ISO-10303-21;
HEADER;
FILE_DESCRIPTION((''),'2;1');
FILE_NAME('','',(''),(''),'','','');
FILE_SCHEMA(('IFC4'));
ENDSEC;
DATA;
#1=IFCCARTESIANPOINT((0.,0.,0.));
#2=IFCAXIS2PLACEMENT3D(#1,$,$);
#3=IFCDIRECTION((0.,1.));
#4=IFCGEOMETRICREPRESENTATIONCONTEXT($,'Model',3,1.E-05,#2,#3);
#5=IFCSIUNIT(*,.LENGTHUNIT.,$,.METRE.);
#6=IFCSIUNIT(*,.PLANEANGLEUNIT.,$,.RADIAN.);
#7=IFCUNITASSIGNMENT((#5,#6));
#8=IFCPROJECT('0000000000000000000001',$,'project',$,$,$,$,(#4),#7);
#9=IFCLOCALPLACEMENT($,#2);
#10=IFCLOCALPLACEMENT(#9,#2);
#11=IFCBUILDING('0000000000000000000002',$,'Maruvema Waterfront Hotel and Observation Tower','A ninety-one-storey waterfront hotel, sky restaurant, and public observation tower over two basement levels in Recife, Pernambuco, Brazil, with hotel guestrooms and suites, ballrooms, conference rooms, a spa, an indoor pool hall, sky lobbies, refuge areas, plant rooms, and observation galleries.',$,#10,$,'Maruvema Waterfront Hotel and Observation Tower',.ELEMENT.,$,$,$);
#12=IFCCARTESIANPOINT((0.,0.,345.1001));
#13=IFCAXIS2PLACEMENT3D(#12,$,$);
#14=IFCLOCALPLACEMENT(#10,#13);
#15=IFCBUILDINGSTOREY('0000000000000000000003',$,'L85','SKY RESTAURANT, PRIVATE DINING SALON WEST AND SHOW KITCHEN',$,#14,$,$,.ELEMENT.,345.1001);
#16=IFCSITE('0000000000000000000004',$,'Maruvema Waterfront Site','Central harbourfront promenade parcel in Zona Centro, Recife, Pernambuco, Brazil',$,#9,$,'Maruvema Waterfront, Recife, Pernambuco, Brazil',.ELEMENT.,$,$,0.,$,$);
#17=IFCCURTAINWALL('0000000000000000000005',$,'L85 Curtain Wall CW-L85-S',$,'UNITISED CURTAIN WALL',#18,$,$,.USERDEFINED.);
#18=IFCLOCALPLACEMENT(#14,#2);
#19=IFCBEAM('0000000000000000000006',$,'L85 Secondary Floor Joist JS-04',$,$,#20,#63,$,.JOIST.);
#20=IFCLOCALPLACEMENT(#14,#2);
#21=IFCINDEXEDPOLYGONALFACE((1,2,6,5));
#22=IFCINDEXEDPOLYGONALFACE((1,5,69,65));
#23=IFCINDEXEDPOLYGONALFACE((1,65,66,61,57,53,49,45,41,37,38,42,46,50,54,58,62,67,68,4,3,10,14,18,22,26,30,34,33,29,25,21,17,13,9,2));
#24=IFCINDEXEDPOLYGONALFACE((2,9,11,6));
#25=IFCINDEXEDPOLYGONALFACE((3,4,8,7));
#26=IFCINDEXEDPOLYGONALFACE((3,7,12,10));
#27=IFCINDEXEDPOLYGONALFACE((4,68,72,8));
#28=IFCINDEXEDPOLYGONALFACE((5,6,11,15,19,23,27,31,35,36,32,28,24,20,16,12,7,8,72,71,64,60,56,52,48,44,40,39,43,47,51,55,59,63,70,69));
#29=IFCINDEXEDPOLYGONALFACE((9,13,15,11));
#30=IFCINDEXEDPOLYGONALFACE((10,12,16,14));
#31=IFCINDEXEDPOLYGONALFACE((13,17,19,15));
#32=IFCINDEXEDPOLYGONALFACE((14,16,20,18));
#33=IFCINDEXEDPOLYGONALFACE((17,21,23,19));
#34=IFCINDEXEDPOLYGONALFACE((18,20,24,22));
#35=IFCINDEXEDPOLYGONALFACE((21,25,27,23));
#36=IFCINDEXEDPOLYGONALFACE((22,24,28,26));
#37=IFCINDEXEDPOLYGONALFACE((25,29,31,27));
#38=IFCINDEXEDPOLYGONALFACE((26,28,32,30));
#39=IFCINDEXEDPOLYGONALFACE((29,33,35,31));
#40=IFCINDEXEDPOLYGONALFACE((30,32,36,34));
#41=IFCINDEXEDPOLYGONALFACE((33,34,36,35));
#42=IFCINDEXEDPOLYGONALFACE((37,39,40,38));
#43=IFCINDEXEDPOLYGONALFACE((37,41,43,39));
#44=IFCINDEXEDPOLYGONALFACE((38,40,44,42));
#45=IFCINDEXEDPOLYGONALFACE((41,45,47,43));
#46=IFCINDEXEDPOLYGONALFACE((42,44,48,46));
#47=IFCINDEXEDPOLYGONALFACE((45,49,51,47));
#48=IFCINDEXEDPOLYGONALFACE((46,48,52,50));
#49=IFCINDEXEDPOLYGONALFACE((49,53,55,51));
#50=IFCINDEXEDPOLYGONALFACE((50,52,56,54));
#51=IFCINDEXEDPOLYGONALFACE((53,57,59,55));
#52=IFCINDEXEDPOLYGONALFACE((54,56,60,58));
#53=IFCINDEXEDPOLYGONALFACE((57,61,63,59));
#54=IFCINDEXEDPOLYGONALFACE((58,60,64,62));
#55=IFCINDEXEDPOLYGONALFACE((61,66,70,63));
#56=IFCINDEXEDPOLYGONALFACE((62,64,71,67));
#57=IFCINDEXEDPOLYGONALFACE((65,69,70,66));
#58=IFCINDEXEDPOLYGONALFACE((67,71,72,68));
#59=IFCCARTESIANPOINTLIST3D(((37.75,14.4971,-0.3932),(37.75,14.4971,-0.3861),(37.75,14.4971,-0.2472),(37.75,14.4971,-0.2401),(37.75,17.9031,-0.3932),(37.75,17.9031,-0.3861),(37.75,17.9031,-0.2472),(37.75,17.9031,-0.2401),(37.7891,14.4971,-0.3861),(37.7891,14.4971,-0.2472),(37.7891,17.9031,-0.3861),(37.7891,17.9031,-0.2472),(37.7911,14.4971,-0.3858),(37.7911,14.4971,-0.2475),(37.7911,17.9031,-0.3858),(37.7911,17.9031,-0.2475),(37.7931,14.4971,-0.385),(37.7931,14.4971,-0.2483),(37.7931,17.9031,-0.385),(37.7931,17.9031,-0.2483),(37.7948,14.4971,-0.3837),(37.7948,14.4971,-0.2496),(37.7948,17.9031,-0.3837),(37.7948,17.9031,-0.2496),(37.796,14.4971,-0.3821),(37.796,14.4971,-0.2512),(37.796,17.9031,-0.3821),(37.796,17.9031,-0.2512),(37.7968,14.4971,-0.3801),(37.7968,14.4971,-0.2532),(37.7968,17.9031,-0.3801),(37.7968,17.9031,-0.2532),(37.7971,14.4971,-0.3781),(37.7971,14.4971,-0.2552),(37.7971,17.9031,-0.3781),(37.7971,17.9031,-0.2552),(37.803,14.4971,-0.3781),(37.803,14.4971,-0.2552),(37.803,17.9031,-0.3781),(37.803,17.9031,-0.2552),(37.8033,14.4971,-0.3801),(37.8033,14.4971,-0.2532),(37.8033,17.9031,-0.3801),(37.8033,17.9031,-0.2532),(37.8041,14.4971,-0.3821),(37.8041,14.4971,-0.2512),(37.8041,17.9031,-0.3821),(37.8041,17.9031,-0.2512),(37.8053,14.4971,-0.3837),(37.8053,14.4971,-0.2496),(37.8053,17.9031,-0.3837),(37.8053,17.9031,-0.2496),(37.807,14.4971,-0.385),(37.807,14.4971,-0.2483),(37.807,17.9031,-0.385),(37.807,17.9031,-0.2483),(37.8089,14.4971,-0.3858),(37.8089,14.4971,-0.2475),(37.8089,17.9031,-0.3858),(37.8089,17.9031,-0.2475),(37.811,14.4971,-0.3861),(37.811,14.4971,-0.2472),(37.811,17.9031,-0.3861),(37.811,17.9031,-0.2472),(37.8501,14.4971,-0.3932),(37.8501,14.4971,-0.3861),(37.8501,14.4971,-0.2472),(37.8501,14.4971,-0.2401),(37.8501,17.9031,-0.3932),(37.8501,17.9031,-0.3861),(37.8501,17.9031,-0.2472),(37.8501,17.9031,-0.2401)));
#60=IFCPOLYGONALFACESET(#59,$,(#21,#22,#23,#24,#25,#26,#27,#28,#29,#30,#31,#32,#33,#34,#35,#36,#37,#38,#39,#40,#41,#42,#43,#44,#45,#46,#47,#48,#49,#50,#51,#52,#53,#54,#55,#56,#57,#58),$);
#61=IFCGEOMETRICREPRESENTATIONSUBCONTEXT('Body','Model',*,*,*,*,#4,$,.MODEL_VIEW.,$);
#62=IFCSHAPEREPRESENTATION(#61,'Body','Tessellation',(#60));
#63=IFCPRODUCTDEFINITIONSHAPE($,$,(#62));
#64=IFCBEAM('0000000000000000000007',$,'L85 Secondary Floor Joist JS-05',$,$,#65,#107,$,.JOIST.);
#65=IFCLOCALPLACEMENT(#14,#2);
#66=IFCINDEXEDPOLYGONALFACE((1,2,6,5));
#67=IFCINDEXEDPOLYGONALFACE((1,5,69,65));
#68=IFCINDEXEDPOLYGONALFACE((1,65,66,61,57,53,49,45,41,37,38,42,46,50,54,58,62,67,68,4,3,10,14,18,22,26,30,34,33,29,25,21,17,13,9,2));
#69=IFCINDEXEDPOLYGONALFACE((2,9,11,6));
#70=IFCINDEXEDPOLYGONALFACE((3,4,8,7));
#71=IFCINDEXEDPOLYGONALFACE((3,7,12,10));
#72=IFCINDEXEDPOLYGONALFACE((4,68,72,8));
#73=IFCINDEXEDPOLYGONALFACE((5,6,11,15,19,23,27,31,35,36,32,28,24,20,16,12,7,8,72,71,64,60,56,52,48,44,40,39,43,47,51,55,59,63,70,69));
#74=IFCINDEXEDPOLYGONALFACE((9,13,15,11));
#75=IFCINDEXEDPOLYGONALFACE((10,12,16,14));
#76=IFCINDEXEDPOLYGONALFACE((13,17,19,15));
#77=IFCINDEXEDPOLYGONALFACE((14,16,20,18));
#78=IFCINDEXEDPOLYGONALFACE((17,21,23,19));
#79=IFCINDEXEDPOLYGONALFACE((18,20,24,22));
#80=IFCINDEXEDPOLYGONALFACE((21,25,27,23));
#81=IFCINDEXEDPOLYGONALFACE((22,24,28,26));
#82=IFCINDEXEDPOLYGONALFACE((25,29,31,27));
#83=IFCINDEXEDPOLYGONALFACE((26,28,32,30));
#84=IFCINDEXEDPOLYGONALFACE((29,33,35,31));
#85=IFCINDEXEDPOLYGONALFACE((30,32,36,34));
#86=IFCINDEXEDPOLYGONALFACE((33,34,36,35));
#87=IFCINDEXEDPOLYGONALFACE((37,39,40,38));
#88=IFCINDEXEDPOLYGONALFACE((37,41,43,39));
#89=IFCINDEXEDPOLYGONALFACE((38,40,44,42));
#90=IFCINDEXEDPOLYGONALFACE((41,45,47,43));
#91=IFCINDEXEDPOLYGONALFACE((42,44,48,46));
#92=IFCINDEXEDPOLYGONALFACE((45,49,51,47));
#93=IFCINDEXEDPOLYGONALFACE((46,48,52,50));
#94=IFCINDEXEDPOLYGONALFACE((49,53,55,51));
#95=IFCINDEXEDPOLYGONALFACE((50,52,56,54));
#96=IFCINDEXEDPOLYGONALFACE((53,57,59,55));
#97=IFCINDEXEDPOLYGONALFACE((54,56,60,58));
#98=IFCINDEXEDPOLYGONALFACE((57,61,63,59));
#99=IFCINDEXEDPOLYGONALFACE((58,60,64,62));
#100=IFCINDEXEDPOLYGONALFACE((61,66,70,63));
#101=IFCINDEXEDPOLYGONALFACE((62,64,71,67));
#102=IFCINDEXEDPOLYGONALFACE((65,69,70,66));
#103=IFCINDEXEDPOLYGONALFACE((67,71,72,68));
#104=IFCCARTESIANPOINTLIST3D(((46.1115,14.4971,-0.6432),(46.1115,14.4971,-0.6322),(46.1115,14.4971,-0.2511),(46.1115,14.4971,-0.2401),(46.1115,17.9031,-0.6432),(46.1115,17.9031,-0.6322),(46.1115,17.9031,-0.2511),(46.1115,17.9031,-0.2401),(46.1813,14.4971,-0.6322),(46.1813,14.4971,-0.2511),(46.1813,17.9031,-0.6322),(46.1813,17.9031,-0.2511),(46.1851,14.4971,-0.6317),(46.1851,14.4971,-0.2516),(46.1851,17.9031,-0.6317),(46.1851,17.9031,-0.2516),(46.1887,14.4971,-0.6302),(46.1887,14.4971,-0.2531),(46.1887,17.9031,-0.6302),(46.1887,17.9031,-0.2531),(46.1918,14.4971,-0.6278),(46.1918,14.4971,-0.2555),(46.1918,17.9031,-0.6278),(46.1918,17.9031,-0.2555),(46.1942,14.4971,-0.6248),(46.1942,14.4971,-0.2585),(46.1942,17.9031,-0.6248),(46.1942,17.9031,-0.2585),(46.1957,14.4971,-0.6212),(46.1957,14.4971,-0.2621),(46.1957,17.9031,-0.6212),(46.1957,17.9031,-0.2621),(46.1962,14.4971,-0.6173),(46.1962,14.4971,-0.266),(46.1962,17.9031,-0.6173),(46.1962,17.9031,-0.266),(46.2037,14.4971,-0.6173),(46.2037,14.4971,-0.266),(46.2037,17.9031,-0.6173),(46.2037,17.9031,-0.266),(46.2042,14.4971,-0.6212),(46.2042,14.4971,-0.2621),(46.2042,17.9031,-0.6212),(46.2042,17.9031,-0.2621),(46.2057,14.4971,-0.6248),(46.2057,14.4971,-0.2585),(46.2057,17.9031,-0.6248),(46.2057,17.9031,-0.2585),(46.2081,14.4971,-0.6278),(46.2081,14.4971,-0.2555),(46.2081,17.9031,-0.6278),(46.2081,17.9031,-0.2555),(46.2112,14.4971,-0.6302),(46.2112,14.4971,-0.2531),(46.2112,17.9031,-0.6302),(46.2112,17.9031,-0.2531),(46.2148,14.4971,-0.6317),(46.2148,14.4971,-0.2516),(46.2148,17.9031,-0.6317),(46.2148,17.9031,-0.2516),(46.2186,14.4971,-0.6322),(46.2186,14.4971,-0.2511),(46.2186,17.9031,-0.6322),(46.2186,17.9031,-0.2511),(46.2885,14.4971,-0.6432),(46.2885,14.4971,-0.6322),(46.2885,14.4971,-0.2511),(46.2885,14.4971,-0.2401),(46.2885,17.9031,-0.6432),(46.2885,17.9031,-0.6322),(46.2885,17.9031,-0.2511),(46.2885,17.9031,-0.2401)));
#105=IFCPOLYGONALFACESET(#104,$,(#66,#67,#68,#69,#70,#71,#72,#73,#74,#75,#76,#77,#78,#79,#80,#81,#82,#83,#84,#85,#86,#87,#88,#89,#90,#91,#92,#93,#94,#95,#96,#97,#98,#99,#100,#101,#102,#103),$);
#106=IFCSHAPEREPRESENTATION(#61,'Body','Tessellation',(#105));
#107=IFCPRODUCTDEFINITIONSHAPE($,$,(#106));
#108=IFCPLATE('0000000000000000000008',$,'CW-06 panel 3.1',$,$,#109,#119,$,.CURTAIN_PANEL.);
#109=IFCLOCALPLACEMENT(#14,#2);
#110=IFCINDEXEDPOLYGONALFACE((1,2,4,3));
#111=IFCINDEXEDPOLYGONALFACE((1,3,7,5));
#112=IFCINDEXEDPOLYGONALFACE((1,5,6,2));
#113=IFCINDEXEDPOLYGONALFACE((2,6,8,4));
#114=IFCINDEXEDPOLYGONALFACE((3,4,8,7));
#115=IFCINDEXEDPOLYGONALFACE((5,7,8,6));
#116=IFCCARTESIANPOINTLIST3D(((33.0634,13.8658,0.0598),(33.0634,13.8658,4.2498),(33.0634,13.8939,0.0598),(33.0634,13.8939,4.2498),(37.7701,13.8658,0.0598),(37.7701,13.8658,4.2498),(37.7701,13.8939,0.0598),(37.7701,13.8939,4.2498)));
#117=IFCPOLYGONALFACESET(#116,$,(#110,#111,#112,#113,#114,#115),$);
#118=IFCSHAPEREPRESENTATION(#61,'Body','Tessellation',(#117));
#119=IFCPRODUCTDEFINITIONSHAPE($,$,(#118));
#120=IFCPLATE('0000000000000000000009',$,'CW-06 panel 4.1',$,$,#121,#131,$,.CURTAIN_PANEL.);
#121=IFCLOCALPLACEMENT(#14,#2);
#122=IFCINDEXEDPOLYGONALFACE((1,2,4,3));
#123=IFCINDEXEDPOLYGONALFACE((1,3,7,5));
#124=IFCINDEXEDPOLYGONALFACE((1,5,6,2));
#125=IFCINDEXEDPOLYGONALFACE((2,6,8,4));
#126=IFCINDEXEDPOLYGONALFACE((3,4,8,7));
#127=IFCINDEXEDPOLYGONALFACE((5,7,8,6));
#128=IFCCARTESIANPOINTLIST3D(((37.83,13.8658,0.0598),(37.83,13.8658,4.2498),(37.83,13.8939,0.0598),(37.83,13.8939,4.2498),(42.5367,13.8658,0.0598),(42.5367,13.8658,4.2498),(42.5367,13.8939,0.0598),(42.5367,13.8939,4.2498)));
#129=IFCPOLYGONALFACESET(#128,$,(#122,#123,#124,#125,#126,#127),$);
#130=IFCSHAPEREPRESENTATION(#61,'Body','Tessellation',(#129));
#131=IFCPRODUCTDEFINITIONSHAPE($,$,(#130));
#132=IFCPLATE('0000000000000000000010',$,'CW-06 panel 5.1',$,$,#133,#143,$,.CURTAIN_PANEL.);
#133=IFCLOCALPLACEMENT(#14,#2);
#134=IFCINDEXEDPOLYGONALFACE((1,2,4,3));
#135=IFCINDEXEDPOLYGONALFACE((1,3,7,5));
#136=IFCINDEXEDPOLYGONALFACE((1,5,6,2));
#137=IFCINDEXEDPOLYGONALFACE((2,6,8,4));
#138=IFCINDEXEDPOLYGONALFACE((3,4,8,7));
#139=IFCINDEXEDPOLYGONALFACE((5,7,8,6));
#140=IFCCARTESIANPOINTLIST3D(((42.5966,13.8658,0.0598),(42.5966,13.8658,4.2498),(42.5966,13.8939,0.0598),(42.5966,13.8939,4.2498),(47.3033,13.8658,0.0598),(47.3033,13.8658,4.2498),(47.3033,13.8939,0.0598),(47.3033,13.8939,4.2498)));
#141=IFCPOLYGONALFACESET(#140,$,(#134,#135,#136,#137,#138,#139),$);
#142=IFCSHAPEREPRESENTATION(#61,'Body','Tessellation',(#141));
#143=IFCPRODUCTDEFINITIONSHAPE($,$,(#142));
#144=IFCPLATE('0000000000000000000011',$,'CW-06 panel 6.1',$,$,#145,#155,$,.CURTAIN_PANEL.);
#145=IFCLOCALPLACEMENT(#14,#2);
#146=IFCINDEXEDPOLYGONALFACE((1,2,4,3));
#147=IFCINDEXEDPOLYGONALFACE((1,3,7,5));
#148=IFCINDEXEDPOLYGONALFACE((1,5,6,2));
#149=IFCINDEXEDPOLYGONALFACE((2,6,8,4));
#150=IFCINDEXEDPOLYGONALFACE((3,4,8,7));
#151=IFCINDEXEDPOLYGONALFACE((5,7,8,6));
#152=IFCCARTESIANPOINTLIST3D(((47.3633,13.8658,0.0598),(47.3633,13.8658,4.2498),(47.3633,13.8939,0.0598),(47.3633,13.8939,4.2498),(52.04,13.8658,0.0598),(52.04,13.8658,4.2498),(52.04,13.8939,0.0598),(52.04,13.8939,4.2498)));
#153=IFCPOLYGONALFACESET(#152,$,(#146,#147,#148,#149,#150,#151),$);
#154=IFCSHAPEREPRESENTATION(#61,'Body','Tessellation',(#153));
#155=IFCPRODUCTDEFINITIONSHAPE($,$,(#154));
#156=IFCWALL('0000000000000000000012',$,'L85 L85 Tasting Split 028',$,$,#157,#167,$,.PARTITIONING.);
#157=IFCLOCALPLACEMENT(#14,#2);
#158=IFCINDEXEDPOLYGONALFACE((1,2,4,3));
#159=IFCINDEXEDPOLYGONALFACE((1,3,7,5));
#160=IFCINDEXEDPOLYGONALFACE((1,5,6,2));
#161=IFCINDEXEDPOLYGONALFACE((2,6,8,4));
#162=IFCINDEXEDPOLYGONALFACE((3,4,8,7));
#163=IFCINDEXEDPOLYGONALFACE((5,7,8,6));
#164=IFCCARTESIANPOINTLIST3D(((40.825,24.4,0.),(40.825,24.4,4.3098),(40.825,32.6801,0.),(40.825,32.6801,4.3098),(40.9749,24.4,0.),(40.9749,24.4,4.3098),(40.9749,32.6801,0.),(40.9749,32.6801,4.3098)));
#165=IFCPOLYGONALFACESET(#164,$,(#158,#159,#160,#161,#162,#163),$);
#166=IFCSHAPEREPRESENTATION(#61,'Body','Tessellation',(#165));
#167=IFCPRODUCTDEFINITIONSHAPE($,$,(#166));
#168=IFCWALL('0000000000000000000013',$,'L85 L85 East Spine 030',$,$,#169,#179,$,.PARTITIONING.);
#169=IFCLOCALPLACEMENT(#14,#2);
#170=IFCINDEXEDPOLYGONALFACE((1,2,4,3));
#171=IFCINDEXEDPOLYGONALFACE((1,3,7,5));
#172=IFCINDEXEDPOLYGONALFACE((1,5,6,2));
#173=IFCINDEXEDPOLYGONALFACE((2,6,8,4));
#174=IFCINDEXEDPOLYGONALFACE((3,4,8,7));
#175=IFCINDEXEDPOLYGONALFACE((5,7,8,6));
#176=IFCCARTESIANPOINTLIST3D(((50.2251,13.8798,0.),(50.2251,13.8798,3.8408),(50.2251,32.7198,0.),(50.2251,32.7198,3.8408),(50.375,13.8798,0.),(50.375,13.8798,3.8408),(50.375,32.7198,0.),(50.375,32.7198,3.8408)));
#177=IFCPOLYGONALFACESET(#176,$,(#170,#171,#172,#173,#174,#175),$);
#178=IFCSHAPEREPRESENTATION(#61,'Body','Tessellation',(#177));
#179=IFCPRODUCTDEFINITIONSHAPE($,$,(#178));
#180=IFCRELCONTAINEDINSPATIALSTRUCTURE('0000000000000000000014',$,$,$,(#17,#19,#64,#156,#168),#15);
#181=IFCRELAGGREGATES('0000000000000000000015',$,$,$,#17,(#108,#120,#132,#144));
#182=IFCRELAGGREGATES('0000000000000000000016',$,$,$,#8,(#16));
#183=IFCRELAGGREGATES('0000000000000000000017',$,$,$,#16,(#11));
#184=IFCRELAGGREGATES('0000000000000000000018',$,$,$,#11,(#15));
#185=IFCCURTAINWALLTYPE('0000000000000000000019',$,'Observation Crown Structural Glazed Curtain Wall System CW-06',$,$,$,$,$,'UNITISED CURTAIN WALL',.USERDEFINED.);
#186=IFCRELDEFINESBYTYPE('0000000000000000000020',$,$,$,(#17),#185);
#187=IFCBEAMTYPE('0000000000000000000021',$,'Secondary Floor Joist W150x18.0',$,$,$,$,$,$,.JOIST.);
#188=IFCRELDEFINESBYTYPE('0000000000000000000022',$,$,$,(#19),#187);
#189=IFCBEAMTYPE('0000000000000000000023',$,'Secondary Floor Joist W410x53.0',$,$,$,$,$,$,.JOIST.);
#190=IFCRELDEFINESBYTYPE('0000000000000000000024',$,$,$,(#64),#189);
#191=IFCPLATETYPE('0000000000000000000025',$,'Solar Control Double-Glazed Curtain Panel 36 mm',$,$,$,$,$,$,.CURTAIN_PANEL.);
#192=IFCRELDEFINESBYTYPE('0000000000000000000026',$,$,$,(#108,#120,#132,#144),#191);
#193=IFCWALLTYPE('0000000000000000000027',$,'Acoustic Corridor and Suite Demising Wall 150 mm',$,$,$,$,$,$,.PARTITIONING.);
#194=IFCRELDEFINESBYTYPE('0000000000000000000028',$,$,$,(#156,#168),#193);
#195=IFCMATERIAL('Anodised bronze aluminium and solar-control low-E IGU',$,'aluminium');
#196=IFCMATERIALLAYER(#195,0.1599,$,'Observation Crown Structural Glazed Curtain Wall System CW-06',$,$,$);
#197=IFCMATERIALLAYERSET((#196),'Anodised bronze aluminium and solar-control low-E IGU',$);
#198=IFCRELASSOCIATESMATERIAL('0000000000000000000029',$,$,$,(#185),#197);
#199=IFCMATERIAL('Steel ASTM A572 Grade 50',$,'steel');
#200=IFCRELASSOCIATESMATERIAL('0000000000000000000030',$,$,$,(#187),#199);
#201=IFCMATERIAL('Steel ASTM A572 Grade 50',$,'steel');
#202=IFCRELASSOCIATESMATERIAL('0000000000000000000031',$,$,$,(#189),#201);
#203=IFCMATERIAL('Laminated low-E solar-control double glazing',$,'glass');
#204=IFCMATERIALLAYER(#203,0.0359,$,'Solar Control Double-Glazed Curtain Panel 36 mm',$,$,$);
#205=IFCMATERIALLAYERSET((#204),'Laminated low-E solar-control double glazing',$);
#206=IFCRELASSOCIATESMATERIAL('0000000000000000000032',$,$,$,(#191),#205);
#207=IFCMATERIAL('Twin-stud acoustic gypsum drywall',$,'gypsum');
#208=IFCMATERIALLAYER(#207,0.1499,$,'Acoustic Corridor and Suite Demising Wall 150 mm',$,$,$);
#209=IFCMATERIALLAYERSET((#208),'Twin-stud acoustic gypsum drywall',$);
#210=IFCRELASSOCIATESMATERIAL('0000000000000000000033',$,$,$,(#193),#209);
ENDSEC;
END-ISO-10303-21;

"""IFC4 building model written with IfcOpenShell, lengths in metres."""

from ifc_helpers import new_model, si_unit, direction, frame, frame_2d, origin, origin_2d, place, context, subcontext, project, spatial, rectangle, i_section, extrude, material, layer, layer_set, material_profile, profile_set, type_object, element, aggregate, save


model = new_model("IFC4")

# Units and contexts
model_context = context("Model", 3, precision=1e-05, world=origin(), true_north=direction((0.0, 1.0)))
body_context = subcontext(model_context, "Body", "Model", "MODEL_VIEW")
ifc_project = project(units=[si_unit("LENGTHUNIT", "METRE"), si_unit("PLANEANGLEUNIT", "RADIAN")], contexts=[model_context])

# Site, building, storey
site_placement = place(None, origin())
site = spatial("IfcSite", under=ifc_project, at=site_placement, Name="Maruvema Waterfront Site", Description="Central harbourfront promenade parcel in Zona Centro, Recife, Pernambuco, Brazil", LongName="Maruvema Waterfront, Recife, Pernambuco, Brazil", CompositionType="ELEMENT", RefElevation=0.0)
building_placement = place(site_placement, origin())
building = spatial("IfcBuilding", under=site, at=building_placement, Name="Maruvema Waterfront Hotel and Observation Tower", Description="A ninety-one-storey waterfront hotel, sky restaurant, and public observation tower over two basement levels in Recife, Pernambuco, Brazil, with hotel guestrooms and suites, ballrooms, conference rooms, a spa, an indoor pool hall, sky lobbies, refuge areas, plant rooms, and observation galleries.", LongName="Maruvema Waterfront Hotel and Observation Tower", CompositionType="ELEMENT")
storey_placement = place(building_placement, frame((0.0, 0.0, 345.1001)))
storey = spatial("IfcBuildingStorey", under=building, at=storey_placement, Name="L85", Description="SKY RESTAURANT, PRIVATE DINING SALON WEST AND SHOW KITCHEN", CompositionType="ELEMENT", Elevation=345.1001)

# Curtain wall
ifc_material_1 = material(Name="Anodised bronze aluminium and solar-control low-E IGU", Category="aluminium")
ifc_layer_1 = layer(ifc_material_1, 0.1599, Name="Observation Crown Structural Glazed Curtain Wall System CW-06")
ifc_layer_set_1 = layer_set([ifc_layer_1], Name="Anodised bronze aluminium and solar-control low-E IGU")
curtain_wall_type = type_object("IfcCurtainWallType", Name="Observation Crown Structural Glazed Curtain Wall System CW-06", ElementType="UNITISED CURTAIN WALL", PredefinedType="USERDEFINED", material=ifc_layer_set_1)
curtain_wall_placement = place(storey_placement, origin())
curtain_wall = element("IfcCurtainWall", 1, at=curtain_wall_placement, inside=storey, type_object=curtain_wall_type, Name="L85 Curtain Wall CW-L85-S", ObjectType="UNITISED CURTAIN WALL", PredefinedType="USERDEFINED")

# Beams
ifc_material_2 = material(Name="Steel ASTM A572 Grade 50", Category="steel")
ifc_material_profile_1 = material_profile(ifc_material_2, i_section(OverallWidth=0.1001, OverallDepth=0.1531, WebThickness=0.0059, FlangeThickness=0.0071, FilletRadius=0.0081, at=origin_2d()), Name="W150x18.0")
ifc_profile_set_1 = profile_set([ifc_material_profile_1], Name="Steel ASTM A572 Grade 50")
beam_type_1 = type_object("IfcBeamType", Name="Secondary Floor Joist W150x18.0", PredefinedType="JOIST", material=ifc_profile_set_1)
beam_1_placement = place(storey_placement, frame((37.8, 14.4971, -0.3167), z_axis=(0.0, 1.0, 0.0), x_axis=(-1.0, 0.0, 0.0)))
element("IfcBeam", 2, at=beam_1_placement, inside=storey, type_object=beam_type_1, Name="L85 Secondary Floor Joist JS-04", PredefinedType="JOIST", context=body_context, shape_type="SweptSolid", body=[
    extrude(i_section(OverallWidth=0.1001, OverallDepth=0.1531, WebThickness=0.0059, FlangeThickness=0.0071, FilletRadius=0.0081, at=origin_2d()), origin(), (0.0, 0.0, 1.0), 3.406),
])
ifc_material_3 = material(Name="Steel ASTM A572 Grade 50", Category="steel")
ifc_material_profile_2 = material_profile(ifc_material_3, i_section(OverallWidth=0.177, OverallDepth=0.4031, WebThickness=0.0076, FlangeThickness=0.011, FilletRadius=0.0149, at=origin_2d()), Name="W410x53.0")
ifc_profile_set_2 = profile_set([ifc_material_profile_2], Name="Steel ASTM A572 Grade 50")
beam_type_2 = type_object("IfcBeamType", Name="Secondary Floor Joist W410x53.0", PredefinedType="JOIST", material=ifc_profile_set_2)
beam_2_placement = place(storey_placement, frame((46.2, 14.4971, -0.4417), z_axis=(0.0, 1.0, 0.0), x_axis=(-1.0, 0.0, 0.0)))
element("IfcBeam", 3, at=beam_2_placement, inside=storey, type_object=beam_type_2, Name="L85 Secondary Floor Joist JS-05", PredefinedType="JOIST", context=body_context, shape_type="SweptSolid", body=[
    extrude(i_section(OverallWidth=0.177, OverallDepth=0.4031, WebThickness=0.0076, FlangeThickness=0.011, FilletRadius=0.0149, at=origin_2d()), origin(), (0.0, 0.0, 1.0), 3.406),
])

# Plates
ifc_material_4 = material(Name="Laminated low-E solar-control double glazing", Category="glass")
ifc_layer_2 = layer(ifc_material_4, 0.0359, Name="Solar Control Double-Glazed Curtain Panel 36 mm")
ifc_layer_set_2 = layer_set([ifc_layer_2], Name="Laminated low-E solar-control double glazing")
plate_type = type_object("IfcPlateType", Name="Solar Control Double-Glazed Curtain Panel 36 mm", PredefinedType="CURTAIN_PANEL", material=ifc_layer_set_2)
plate_1_placement = place(storey_placement, frame((35.4167, 13.8799, 0.0598), z_axis=(0.0, 0.0, 1.0), x_axis=(1.0, 0.0, 0.0)))
plate_1 = element("IfcPlate", 4, at=plate_1_placement, type_object=plate_type, Name="CW-06 panel 3.1", PredefinedType="CURTAIN_PANEL", context=body_context, shape_type="SweptSolid", body=[
    extrude(rectangle(XDim=4.7068, YDim=0.0281, at=origin_2d()), origin(), (0.0, 0.0, 1.0), 4.1899),
])
plate_2_placement = place(storey_placement, frame((40.1833, 13.8799, 0.0598), z_axis=(0.0, 0.0, 1.0), x_axis=(1.0, 0.0, 0.0)))
plate_2 = element("IfcPlate", 5, at=plate_2_placement, type_object=plate_type, Name="CW-06 panel 4.1", PredefinedType="CURTAIN_PANEL", context=body_context, shape_type="SweptSolid", body=[
    extrude(rectangle(XDim=4.7068, YDim=0.0281, at=origin_2d()), origin(), (0.0, 0.0, 1.0), 4.1899),
])
plate_3_placement = place(storey_placement, frame((44.95, 13.8799, 0.0598), z_axis=(0.0, 0.0, 1.0), x_axis=(1.0, 0.0, 0.0)))
plate_3 = element("IfcPlate", 6, at=plate_3_placement, type_object=plate_type, Name="CW-06 panel 5.1", PredefinedType="CURTAIN_PANEL", context=body_context, shape_type="SweptSolid", body=[
    extrude(rectangle(XDim=4.7068, YDim=0.0281, at=origin_2d()), origin(), (0.0, 0.0, 1.0), 4.1899),
])
plate_4_placement = place(storey_placement, frame((49.7017, 13.8799, 0.0598), z_axis=(0.0, 0.0, 1.0), x_axis=(1.0, 0.0, 0.0)))
plate_4 = element("IfcPlate", 7, at=plate_4_placement, type_object=plate_type, Name="CW-06 panel 6.1", PredefinedType="CURTAIN_PANEL", context=body_context, shape_type="SweptSolid", body=[
    extrude(rectangle(XDim=4.6768, YDim=0.0281, at=origin_2d()), origin(), (0.0, 0.0, 1.0), 4.1899),
])
aggregate(curtain_wall, [plate_1, plate_2, plate_3, plate_4])

# Walls
ifc_material_5 = material(Name="Twin-stud acoustic gypsum drywall", Category="gypsum")
ifc_layer_3 = layer(ifc_material_5, 0.1499, Name="Acoustic Corridor and Suite Demising Wall 150 mm")
ifc_layer_set_3 = layer_set([ifc_layer_3], Name="Twin-stud acoustic gypsum drywall")
wall_type = type_object("IfcWallType", Name="Acoustic Corridor and Suite Demising Wall 150 mm", PredefinedType="PARTITIONING", material=ifc_layer_set_3)
wall_1_placement = place(storey_placement, frame((40.8999, 24.3999, 0.0), z_axis=(0.0, 0.0, 1.0), x_axis=(0.0, 1.0, 0.0)))
element("IfcWall", 8, at=wall_1_placement, inside=storey, type_object=wall_type, Name="L85 L85 Tasting Split 028", PredefinedType="PARTITIONING", context=body_context, shape_type="SweptSolid", body=[
    extrude(rectangle(XDim=8.28, YDim=0.1499, at=frame_2d((4.1401, 0.0))), origin(), (0.0, 0.0, 1.0), 4.3098),
])
wall_2_placement = place(storey_placement, frame((50.3, 13.8799, 0.0), z_axis=(0.0, 0.0, 1.0), x_axis=(0.0, 1.0, 0.0)))
element("IfcWall", 9, at=wall_2_placement, inside=storey, type_object=wall_type, Name="L85 L85 East Spine 030", PredefinedType="PARTITIONING", context=body_context, shape_type="SweptSolid", body=[
    extrude(rectangle(XDim=18.8401, YDim=0.1499, at=frame_2d((9.4199, 0.0))), origin(), (0.0, 0.0, 1.0), 3.8408),
])

save(model, "model.ifc")
